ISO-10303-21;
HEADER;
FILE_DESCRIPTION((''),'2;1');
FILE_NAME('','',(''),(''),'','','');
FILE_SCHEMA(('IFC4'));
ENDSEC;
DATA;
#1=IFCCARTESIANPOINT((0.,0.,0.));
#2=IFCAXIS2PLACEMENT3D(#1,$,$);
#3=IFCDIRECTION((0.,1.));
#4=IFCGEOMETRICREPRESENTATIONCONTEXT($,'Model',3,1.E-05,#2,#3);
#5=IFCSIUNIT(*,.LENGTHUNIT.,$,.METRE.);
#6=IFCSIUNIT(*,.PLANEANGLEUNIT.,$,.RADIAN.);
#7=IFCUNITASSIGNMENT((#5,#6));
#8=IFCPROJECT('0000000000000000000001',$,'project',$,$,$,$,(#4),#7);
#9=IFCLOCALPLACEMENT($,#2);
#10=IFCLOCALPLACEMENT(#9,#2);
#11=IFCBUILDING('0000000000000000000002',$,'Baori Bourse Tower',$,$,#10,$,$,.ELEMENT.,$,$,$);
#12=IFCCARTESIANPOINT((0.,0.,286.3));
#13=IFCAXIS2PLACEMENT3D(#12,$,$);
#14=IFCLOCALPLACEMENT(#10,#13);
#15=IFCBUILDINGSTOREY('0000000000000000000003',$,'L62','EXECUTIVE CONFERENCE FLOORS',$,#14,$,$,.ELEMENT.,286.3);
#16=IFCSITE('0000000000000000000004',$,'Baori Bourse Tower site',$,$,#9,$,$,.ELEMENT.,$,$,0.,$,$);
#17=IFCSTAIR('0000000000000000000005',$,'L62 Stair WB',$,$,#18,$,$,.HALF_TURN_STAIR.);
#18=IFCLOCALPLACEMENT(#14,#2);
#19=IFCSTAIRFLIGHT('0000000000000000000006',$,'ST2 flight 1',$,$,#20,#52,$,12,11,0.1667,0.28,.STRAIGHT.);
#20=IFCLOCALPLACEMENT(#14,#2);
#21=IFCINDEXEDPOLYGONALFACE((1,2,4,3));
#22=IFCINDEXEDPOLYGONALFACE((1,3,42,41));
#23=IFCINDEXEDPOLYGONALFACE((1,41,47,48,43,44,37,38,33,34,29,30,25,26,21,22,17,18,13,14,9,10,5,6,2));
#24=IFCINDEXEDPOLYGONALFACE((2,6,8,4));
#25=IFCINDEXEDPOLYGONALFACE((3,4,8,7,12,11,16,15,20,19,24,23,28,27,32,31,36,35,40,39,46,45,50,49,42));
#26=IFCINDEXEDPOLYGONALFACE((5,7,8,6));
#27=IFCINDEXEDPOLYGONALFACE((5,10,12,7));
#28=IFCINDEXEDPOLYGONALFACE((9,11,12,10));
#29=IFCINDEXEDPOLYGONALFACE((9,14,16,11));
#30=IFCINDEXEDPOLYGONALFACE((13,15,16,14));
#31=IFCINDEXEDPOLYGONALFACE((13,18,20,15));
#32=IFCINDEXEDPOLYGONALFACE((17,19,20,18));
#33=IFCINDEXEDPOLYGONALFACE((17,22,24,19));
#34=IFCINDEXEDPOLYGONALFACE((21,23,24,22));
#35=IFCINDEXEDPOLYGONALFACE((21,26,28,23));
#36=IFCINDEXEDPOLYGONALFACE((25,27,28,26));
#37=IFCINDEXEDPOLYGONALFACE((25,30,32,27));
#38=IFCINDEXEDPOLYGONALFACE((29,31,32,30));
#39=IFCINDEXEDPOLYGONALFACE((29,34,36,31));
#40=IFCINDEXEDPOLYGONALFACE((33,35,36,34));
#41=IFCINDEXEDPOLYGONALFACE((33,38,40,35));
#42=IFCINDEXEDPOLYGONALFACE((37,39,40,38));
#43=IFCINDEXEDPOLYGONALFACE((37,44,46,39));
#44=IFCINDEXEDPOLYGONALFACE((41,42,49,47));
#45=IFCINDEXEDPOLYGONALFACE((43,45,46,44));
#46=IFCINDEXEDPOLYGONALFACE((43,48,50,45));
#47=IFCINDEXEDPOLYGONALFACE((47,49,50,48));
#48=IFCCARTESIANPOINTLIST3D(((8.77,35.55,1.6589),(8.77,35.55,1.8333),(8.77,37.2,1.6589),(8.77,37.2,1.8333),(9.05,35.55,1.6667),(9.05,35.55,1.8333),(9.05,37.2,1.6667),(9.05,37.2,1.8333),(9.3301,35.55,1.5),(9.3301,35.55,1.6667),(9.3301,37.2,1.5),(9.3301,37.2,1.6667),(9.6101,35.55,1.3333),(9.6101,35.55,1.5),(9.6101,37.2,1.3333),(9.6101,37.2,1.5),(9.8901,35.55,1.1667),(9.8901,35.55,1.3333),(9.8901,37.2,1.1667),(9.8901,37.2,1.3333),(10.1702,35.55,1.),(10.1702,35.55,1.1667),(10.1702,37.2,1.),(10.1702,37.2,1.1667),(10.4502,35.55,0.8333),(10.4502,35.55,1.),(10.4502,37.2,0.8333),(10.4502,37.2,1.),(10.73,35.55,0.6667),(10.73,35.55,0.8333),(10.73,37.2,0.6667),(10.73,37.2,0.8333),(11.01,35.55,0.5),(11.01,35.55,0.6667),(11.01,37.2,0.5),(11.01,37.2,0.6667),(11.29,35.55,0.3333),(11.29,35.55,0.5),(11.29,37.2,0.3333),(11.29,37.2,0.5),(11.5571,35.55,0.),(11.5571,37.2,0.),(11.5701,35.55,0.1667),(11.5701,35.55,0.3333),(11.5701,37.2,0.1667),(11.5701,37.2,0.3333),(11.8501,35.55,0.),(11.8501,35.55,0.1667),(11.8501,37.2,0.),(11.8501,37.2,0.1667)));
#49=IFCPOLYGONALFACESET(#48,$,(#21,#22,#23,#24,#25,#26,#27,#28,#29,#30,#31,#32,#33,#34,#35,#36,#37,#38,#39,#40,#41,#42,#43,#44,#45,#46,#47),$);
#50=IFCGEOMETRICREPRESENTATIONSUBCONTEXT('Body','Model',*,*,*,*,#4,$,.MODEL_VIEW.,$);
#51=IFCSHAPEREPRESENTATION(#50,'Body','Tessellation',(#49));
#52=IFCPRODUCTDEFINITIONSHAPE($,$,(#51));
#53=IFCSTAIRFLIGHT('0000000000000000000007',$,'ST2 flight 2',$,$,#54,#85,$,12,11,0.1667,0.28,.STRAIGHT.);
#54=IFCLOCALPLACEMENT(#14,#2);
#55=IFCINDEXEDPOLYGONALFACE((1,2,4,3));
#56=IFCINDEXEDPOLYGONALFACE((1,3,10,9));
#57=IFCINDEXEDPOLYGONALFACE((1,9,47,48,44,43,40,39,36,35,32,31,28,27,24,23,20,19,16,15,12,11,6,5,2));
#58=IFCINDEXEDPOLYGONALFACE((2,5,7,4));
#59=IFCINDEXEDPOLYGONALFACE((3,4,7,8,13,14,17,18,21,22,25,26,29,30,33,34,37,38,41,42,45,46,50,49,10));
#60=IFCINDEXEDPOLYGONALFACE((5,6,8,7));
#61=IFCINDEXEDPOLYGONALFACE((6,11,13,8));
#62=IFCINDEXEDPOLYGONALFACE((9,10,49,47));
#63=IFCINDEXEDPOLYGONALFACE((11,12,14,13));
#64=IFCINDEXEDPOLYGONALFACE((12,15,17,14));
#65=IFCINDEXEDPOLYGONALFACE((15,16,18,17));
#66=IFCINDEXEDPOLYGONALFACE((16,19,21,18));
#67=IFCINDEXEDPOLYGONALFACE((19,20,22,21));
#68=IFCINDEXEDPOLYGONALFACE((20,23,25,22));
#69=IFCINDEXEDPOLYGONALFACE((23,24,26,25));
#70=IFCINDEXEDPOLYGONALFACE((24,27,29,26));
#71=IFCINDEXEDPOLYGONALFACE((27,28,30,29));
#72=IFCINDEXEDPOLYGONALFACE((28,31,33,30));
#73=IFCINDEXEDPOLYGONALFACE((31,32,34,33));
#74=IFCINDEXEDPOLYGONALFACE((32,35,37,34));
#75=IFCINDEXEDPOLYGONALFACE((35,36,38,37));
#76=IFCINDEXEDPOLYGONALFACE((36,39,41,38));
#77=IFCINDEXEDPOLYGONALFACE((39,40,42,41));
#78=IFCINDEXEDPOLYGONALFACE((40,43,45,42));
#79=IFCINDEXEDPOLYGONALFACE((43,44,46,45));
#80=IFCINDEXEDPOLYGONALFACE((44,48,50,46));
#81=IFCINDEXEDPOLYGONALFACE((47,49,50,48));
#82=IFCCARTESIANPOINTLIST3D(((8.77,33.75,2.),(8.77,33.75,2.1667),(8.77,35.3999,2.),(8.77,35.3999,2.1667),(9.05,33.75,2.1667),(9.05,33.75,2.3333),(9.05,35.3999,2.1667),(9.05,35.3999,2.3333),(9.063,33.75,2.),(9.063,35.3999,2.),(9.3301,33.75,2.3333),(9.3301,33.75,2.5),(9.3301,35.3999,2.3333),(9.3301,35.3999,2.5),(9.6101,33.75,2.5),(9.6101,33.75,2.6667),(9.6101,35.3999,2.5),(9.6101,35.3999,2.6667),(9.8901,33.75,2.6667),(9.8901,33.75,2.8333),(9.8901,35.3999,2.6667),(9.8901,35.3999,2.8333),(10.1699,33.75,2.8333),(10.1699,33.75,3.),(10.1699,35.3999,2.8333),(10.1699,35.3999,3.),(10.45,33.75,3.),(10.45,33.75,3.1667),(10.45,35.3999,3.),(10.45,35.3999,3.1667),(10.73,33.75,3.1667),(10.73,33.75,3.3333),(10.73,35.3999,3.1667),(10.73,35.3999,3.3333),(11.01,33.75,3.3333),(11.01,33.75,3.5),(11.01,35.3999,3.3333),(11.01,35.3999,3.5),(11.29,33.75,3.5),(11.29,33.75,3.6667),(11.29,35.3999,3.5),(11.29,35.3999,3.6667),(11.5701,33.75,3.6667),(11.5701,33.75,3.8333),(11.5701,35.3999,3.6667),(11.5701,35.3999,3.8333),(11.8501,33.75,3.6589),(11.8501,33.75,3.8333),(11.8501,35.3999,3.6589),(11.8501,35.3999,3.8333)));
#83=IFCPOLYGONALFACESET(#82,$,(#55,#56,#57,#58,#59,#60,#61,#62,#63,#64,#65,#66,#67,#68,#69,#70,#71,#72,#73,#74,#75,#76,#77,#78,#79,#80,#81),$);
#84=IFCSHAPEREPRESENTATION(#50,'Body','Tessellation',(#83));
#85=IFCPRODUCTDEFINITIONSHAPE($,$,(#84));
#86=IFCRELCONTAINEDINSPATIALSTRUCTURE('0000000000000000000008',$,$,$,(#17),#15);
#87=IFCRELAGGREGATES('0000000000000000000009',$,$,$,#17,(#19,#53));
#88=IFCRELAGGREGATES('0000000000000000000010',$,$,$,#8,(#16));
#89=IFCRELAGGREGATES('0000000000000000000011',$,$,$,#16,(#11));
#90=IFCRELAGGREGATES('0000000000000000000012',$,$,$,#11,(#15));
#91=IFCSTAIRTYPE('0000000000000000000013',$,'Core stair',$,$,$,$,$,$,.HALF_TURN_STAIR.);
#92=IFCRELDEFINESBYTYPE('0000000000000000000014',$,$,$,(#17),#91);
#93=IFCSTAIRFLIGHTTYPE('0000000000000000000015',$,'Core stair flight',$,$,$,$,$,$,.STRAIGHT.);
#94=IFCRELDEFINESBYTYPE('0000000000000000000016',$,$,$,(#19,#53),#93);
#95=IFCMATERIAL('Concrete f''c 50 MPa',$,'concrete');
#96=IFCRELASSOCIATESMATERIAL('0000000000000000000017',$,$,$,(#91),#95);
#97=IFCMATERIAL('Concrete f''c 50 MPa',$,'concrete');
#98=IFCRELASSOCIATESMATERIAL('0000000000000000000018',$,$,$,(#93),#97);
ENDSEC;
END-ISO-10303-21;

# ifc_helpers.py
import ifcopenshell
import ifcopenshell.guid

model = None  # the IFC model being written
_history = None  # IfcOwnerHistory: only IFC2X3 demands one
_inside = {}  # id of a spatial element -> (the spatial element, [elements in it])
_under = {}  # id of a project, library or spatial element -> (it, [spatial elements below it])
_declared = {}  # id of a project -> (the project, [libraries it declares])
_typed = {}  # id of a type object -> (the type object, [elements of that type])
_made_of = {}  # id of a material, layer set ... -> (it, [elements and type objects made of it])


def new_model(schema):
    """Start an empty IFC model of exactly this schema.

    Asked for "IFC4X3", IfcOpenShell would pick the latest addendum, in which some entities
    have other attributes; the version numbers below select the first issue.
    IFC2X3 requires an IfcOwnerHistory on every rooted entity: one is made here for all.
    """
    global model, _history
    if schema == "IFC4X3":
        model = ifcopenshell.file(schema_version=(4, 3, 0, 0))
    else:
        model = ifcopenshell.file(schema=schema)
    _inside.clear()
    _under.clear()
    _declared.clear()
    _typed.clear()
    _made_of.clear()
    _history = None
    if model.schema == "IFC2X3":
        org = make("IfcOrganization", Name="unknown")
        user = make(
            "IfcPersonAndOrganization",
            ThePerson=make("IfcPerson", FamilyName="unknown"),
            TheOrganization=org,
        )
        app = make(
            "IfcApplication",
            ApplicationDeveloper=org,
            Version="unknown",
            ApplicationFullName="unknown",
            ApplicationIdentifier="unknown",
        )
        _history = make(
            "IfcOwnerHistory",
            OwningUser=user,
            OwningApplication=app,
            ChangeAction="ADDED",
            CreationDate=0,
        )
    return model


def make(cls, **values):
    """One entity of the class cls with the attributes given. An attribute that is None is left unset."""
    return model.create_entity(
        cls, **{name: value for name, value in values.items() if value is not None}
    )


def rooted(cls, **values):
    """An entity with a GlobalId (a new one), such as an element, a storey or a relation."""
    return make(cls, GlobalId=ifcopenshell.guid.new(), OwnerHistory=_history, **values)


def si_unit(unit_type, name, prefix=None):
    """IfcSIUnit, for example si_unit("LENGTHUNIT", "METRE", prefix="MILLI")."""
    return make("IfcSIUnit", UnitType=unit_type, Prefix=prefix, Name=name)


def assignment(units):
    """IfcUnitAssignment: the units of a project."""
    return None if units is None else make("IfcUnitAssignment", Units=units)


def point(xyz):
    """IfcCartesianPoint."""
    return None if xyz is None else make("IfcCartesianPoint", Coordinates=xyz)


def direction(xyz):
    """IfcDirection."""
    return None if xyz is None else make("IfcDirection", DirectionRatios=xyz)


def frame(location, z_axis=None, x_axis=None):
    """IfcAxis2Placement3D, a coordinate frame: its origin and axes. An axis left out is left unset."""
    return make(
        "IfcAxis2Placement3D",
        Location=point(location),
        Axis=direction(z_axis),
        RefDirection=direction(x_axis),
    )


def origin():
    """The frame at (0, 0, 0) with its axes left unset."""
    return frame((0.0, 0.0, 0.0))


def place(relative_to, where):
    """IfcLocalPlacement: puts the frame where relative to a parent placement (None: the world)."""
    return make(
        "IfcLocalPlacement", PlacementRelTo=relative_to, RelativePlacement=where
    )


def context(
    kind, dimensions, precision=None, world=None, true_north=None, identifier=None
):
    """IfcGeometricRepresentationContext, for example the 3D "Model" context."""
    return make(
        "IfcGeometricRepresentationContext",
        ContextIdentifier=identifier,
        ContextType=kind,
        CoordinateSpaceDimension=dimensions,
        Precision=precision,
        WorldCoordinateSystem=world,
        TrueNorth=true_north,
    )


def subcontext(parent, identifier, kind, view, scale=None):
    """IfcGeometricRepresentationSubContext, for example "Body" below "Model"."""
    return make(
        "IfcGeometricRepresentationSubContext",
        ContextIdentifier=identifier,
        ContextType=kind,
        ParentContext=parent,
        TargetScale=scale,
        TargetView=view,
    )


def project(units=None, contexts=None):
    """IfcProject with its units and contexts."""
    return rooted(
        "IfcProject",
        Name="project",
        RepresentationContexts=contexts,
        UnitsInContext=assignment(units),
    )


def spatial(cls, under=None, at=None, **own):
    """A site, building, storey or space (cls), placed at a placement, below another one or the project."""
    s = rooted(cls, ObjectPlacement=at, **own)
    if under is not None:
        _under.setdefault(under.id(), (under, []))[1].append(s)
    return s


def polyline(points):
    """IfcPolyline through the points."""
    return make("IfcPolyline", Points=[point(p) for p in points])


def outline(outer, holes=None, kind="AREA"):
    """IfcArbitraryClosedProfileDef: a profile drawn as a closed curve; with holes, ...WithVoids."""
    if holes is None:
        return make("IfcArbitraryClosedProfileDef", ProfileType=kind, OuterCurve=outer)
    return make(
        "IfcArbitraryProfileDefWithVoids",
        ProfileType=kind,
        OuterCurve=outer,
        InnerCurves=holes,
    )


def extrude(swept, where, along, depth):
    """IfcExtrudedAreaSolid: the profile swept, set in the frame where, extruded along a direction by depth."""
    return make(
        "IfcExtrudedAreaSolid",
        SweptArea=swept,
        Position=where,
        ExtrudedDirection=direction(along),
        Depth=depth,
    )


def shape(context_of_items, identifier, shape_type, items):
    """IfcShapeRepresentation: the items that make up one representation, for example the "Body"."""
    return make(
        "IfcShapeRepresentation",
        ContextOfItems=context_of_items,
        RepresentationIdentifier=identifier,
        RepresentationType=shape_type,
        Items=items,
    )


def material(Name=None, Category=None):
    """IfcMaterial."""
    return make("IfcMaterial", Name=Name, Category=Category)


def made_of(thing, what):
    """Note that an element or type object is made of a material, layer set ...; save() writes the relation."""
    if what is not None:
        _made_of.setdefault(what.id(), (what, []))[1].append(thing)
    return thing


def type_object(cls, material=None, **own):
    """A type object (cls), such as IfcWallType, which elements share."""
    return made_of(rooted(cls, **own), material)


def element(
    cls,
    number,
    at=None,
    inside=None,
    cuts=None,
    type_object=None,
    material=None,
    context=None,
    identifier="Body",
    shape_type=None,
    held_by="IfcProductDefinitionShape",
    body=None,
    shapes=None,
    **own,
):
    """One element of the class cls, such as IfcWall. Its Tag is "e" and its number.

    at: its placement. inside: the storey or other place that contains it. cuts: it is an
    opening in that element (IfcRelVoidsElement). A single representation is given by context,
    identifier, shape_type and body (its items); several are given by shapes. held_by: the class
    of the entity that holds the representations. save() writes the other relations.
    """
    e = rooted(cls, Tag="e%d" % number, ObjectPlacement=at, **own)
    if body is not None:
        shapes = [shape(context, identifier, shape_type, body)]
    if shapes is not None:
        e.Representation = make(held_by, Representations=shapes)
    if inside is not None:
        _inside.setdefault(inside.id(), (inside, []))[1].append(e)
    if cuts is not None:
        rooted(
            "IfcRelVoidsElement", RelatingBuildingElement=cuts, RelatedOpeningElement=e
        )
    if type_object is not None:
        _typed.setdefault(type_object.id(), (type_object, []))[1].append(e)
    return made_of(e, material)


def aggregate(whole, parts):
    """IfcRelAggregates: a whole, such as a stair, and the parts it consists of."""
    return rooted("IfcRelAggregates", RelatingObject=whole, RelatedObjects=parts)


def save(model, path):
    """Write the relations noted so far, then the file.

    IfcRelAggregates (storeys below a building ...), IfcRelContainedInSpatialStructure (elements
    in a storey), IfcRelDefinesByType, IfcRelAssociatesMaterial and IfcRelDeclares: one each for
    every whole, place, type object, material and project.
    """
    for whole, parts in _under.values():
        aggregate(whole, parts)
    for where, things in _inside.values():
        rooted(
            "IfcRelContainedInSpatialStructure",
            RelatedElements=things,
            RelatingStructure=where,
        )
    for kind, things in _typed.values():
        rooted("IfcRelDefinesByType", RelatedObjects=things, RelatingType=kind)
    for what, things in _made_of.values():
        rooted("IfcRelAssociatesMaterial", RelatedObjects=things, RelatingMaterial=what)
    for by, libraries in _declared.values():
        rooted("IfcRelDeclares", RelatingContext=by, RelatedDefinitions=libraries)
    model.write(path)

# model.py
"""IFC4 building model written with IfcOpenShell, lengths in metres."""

from ifc_helpers import new_model, si_unit, direction, frame, origin, place, context, subcontext, project, spatial, polyline, outline, extrude, material, type_object, element, aggregate, save


model = new_model("IFC4")

# Units and contexts
model_context = context("Model", 3, precision=1e-05, world=origin(), true_north=direction((0.0, 1.0)))
body_context = subcontext(model_context, "Body", "Model", "MODEL_VIEW")
ifc_project = project(units=[si_unit("LENGTHUNIT", "METRE"), si_unit("PLANEANGLEUNIT", "RADIAN")], contexts=[model_context])

# Site, building, storey
site_placement = place(None, origin())
site = spatial("IfcSite", under=ifc_project, at=site_placement, Name="Baori Bourse Tower site", CompositionType="ELEMENT", RefElevation=0.0)
building_placement = place(site_placement, origin())
building = spatial("IfcBuilding", under=site, at=building_placement, Name="Baori Bourse Tower", CompositionType="ELEMENT")
storey_placement = place(building_placement, frame((0.0, 0.0, 286.3)))
storey = spatial("IfcBuildingStorey", under=building, at=storey_placement, Name="L62", Description="EXECUTIVE CONFERENCE FLOORS", CompositionType="ELEMENT", Elevation=286.3)

# Stair, stair flights
ifc_material_1 = material(Name="Concrete f'c 50 MPa", Category="concrete")
stair_type = type_object("IfcStairType", Name="Core stair", PredefinedType="HALF_TURN_STAIR", material=ifc_material_1)
stair_placement = place(storey_placement, origin())
stair = element("IfcStair", 1, at=stair_placement, inside=storey, type_object=stair_type, Name="L62 Stair WB", PredefinedType="HALF_TURN_STAIR")
ifc_material_2 = material(Name="Concrete f'c 50 MPa", Category="concrete")
stair_flight_type = type_object("IfcStairFlightType", Name="Core stair flight", PredefinedType="STRAIGHT", material=ifc_material_2)
stair_flight_1_placement = place(storey_placement, frame((11.8501, 36.375, 0.0), z_axis=(0.0, 0.0, 1.0), x_axis=(-1.0, 0.0, 0.0)))
stair_flight_1 = element("IfcStairFlight", 2, at=stair_flight_1_placement, type_object=stair_flight_type, Name="ST2 flight 1", NumberOfRisers=12, NumberOfTreads=11, PredefinedType="STRAIGHT", RiserHeight=0.1667, TreadLength=0.28, context=body_context, shape_type="SweptSolid", body=[
    extrude(outline(polyline([(0.0, 0.0), (0.0, 0.1667), (0.28, 0.1667), (0.28, 0.3333), (0.5601, 0.3333), (0.5601, 0.5), (0.8401, 0.5), (0.8401, 0.6667), (1.1201, 0.6667), (1.1201, 0.8333), (1.3999, 0.8333), (1.3999, 1.0), (1.6799, 1.0), (1.6799, 1.1667), (1.96, 1.1667), (1.96, 1.3333), (2.24, 1.3333), (2.24, 1.5), (2.52, 1.5), (2.52, 1.6667), (2.8, 1.6667), (2.8, 1.8333), (3.0801, 1.8333), (3.0801, 2.0), (3.0801, 1.6589), (0.293, 0.0), (0.0, 0.0)])), frame((0.0, 0.825, 0.0), z_axis=(0.0, -1.0, 0.0), x_axis=(1.0, 0.0, 0.0)), (0.0, 0.0, 1.0), 1.6499),
])
stair_flight_2_placement = place(storey_placement, frame((8.77, 34.575, 2.0), z_axis=(0.0, 0.0, 1.0), x_axis=(1.0, 0.0, 0.0)))
stair_flight_2 = element("IfcStairFlight", 3, at=stair_flight_2_placement, type_object=stair_flight_type, Name="ST2 flight 2", NumberOfRisers=12, NumberOfTreads=11, PredefinedType="STRAIGHT", RiserHeight=0.1667, TreadLength=0.28, context=body_context, shape_type="SweptSolid", body=[
    extrude(outline(polyline([(0.0, 0.0), (0.0, 0.1667), (0.28, 0.1667), (0.28, 0.3333), (0.5601, 0.3333), (0.5601, 0.5), (0.8401, 0.5), (0.8401, 0.6667), (1.1201, 0.6667), (1.1201, 0.8333), (1.3999, 0.8333), (1.3999, 1.0), (1.6799, 1.0), (1.6799, 1.1667), (1.96, 1.1667), (1.96, 1.3333), (2.24, 1.3333), (2.24, 1.5), (2.52, 1.5), (2.52, 1.6667), (2.8, 1.6667), (2.8, 1.8333), (3.0801, 1.8333), (3.0801, 2.0), (3.0801, 1.6589), (0.293, 0.0), (0.0, 0.0)])), frame((0.0, 0.825, 0.0), z_axis=(0.0, -1.0, 0.0), x_axis=(1.0, 0.0, 0.0)), (0.0, 0.0, 1.0), 1.6499),
])
aggregate(stair, [stair_flight_1, stair_flight_2])

save(model, "model.ifc")
